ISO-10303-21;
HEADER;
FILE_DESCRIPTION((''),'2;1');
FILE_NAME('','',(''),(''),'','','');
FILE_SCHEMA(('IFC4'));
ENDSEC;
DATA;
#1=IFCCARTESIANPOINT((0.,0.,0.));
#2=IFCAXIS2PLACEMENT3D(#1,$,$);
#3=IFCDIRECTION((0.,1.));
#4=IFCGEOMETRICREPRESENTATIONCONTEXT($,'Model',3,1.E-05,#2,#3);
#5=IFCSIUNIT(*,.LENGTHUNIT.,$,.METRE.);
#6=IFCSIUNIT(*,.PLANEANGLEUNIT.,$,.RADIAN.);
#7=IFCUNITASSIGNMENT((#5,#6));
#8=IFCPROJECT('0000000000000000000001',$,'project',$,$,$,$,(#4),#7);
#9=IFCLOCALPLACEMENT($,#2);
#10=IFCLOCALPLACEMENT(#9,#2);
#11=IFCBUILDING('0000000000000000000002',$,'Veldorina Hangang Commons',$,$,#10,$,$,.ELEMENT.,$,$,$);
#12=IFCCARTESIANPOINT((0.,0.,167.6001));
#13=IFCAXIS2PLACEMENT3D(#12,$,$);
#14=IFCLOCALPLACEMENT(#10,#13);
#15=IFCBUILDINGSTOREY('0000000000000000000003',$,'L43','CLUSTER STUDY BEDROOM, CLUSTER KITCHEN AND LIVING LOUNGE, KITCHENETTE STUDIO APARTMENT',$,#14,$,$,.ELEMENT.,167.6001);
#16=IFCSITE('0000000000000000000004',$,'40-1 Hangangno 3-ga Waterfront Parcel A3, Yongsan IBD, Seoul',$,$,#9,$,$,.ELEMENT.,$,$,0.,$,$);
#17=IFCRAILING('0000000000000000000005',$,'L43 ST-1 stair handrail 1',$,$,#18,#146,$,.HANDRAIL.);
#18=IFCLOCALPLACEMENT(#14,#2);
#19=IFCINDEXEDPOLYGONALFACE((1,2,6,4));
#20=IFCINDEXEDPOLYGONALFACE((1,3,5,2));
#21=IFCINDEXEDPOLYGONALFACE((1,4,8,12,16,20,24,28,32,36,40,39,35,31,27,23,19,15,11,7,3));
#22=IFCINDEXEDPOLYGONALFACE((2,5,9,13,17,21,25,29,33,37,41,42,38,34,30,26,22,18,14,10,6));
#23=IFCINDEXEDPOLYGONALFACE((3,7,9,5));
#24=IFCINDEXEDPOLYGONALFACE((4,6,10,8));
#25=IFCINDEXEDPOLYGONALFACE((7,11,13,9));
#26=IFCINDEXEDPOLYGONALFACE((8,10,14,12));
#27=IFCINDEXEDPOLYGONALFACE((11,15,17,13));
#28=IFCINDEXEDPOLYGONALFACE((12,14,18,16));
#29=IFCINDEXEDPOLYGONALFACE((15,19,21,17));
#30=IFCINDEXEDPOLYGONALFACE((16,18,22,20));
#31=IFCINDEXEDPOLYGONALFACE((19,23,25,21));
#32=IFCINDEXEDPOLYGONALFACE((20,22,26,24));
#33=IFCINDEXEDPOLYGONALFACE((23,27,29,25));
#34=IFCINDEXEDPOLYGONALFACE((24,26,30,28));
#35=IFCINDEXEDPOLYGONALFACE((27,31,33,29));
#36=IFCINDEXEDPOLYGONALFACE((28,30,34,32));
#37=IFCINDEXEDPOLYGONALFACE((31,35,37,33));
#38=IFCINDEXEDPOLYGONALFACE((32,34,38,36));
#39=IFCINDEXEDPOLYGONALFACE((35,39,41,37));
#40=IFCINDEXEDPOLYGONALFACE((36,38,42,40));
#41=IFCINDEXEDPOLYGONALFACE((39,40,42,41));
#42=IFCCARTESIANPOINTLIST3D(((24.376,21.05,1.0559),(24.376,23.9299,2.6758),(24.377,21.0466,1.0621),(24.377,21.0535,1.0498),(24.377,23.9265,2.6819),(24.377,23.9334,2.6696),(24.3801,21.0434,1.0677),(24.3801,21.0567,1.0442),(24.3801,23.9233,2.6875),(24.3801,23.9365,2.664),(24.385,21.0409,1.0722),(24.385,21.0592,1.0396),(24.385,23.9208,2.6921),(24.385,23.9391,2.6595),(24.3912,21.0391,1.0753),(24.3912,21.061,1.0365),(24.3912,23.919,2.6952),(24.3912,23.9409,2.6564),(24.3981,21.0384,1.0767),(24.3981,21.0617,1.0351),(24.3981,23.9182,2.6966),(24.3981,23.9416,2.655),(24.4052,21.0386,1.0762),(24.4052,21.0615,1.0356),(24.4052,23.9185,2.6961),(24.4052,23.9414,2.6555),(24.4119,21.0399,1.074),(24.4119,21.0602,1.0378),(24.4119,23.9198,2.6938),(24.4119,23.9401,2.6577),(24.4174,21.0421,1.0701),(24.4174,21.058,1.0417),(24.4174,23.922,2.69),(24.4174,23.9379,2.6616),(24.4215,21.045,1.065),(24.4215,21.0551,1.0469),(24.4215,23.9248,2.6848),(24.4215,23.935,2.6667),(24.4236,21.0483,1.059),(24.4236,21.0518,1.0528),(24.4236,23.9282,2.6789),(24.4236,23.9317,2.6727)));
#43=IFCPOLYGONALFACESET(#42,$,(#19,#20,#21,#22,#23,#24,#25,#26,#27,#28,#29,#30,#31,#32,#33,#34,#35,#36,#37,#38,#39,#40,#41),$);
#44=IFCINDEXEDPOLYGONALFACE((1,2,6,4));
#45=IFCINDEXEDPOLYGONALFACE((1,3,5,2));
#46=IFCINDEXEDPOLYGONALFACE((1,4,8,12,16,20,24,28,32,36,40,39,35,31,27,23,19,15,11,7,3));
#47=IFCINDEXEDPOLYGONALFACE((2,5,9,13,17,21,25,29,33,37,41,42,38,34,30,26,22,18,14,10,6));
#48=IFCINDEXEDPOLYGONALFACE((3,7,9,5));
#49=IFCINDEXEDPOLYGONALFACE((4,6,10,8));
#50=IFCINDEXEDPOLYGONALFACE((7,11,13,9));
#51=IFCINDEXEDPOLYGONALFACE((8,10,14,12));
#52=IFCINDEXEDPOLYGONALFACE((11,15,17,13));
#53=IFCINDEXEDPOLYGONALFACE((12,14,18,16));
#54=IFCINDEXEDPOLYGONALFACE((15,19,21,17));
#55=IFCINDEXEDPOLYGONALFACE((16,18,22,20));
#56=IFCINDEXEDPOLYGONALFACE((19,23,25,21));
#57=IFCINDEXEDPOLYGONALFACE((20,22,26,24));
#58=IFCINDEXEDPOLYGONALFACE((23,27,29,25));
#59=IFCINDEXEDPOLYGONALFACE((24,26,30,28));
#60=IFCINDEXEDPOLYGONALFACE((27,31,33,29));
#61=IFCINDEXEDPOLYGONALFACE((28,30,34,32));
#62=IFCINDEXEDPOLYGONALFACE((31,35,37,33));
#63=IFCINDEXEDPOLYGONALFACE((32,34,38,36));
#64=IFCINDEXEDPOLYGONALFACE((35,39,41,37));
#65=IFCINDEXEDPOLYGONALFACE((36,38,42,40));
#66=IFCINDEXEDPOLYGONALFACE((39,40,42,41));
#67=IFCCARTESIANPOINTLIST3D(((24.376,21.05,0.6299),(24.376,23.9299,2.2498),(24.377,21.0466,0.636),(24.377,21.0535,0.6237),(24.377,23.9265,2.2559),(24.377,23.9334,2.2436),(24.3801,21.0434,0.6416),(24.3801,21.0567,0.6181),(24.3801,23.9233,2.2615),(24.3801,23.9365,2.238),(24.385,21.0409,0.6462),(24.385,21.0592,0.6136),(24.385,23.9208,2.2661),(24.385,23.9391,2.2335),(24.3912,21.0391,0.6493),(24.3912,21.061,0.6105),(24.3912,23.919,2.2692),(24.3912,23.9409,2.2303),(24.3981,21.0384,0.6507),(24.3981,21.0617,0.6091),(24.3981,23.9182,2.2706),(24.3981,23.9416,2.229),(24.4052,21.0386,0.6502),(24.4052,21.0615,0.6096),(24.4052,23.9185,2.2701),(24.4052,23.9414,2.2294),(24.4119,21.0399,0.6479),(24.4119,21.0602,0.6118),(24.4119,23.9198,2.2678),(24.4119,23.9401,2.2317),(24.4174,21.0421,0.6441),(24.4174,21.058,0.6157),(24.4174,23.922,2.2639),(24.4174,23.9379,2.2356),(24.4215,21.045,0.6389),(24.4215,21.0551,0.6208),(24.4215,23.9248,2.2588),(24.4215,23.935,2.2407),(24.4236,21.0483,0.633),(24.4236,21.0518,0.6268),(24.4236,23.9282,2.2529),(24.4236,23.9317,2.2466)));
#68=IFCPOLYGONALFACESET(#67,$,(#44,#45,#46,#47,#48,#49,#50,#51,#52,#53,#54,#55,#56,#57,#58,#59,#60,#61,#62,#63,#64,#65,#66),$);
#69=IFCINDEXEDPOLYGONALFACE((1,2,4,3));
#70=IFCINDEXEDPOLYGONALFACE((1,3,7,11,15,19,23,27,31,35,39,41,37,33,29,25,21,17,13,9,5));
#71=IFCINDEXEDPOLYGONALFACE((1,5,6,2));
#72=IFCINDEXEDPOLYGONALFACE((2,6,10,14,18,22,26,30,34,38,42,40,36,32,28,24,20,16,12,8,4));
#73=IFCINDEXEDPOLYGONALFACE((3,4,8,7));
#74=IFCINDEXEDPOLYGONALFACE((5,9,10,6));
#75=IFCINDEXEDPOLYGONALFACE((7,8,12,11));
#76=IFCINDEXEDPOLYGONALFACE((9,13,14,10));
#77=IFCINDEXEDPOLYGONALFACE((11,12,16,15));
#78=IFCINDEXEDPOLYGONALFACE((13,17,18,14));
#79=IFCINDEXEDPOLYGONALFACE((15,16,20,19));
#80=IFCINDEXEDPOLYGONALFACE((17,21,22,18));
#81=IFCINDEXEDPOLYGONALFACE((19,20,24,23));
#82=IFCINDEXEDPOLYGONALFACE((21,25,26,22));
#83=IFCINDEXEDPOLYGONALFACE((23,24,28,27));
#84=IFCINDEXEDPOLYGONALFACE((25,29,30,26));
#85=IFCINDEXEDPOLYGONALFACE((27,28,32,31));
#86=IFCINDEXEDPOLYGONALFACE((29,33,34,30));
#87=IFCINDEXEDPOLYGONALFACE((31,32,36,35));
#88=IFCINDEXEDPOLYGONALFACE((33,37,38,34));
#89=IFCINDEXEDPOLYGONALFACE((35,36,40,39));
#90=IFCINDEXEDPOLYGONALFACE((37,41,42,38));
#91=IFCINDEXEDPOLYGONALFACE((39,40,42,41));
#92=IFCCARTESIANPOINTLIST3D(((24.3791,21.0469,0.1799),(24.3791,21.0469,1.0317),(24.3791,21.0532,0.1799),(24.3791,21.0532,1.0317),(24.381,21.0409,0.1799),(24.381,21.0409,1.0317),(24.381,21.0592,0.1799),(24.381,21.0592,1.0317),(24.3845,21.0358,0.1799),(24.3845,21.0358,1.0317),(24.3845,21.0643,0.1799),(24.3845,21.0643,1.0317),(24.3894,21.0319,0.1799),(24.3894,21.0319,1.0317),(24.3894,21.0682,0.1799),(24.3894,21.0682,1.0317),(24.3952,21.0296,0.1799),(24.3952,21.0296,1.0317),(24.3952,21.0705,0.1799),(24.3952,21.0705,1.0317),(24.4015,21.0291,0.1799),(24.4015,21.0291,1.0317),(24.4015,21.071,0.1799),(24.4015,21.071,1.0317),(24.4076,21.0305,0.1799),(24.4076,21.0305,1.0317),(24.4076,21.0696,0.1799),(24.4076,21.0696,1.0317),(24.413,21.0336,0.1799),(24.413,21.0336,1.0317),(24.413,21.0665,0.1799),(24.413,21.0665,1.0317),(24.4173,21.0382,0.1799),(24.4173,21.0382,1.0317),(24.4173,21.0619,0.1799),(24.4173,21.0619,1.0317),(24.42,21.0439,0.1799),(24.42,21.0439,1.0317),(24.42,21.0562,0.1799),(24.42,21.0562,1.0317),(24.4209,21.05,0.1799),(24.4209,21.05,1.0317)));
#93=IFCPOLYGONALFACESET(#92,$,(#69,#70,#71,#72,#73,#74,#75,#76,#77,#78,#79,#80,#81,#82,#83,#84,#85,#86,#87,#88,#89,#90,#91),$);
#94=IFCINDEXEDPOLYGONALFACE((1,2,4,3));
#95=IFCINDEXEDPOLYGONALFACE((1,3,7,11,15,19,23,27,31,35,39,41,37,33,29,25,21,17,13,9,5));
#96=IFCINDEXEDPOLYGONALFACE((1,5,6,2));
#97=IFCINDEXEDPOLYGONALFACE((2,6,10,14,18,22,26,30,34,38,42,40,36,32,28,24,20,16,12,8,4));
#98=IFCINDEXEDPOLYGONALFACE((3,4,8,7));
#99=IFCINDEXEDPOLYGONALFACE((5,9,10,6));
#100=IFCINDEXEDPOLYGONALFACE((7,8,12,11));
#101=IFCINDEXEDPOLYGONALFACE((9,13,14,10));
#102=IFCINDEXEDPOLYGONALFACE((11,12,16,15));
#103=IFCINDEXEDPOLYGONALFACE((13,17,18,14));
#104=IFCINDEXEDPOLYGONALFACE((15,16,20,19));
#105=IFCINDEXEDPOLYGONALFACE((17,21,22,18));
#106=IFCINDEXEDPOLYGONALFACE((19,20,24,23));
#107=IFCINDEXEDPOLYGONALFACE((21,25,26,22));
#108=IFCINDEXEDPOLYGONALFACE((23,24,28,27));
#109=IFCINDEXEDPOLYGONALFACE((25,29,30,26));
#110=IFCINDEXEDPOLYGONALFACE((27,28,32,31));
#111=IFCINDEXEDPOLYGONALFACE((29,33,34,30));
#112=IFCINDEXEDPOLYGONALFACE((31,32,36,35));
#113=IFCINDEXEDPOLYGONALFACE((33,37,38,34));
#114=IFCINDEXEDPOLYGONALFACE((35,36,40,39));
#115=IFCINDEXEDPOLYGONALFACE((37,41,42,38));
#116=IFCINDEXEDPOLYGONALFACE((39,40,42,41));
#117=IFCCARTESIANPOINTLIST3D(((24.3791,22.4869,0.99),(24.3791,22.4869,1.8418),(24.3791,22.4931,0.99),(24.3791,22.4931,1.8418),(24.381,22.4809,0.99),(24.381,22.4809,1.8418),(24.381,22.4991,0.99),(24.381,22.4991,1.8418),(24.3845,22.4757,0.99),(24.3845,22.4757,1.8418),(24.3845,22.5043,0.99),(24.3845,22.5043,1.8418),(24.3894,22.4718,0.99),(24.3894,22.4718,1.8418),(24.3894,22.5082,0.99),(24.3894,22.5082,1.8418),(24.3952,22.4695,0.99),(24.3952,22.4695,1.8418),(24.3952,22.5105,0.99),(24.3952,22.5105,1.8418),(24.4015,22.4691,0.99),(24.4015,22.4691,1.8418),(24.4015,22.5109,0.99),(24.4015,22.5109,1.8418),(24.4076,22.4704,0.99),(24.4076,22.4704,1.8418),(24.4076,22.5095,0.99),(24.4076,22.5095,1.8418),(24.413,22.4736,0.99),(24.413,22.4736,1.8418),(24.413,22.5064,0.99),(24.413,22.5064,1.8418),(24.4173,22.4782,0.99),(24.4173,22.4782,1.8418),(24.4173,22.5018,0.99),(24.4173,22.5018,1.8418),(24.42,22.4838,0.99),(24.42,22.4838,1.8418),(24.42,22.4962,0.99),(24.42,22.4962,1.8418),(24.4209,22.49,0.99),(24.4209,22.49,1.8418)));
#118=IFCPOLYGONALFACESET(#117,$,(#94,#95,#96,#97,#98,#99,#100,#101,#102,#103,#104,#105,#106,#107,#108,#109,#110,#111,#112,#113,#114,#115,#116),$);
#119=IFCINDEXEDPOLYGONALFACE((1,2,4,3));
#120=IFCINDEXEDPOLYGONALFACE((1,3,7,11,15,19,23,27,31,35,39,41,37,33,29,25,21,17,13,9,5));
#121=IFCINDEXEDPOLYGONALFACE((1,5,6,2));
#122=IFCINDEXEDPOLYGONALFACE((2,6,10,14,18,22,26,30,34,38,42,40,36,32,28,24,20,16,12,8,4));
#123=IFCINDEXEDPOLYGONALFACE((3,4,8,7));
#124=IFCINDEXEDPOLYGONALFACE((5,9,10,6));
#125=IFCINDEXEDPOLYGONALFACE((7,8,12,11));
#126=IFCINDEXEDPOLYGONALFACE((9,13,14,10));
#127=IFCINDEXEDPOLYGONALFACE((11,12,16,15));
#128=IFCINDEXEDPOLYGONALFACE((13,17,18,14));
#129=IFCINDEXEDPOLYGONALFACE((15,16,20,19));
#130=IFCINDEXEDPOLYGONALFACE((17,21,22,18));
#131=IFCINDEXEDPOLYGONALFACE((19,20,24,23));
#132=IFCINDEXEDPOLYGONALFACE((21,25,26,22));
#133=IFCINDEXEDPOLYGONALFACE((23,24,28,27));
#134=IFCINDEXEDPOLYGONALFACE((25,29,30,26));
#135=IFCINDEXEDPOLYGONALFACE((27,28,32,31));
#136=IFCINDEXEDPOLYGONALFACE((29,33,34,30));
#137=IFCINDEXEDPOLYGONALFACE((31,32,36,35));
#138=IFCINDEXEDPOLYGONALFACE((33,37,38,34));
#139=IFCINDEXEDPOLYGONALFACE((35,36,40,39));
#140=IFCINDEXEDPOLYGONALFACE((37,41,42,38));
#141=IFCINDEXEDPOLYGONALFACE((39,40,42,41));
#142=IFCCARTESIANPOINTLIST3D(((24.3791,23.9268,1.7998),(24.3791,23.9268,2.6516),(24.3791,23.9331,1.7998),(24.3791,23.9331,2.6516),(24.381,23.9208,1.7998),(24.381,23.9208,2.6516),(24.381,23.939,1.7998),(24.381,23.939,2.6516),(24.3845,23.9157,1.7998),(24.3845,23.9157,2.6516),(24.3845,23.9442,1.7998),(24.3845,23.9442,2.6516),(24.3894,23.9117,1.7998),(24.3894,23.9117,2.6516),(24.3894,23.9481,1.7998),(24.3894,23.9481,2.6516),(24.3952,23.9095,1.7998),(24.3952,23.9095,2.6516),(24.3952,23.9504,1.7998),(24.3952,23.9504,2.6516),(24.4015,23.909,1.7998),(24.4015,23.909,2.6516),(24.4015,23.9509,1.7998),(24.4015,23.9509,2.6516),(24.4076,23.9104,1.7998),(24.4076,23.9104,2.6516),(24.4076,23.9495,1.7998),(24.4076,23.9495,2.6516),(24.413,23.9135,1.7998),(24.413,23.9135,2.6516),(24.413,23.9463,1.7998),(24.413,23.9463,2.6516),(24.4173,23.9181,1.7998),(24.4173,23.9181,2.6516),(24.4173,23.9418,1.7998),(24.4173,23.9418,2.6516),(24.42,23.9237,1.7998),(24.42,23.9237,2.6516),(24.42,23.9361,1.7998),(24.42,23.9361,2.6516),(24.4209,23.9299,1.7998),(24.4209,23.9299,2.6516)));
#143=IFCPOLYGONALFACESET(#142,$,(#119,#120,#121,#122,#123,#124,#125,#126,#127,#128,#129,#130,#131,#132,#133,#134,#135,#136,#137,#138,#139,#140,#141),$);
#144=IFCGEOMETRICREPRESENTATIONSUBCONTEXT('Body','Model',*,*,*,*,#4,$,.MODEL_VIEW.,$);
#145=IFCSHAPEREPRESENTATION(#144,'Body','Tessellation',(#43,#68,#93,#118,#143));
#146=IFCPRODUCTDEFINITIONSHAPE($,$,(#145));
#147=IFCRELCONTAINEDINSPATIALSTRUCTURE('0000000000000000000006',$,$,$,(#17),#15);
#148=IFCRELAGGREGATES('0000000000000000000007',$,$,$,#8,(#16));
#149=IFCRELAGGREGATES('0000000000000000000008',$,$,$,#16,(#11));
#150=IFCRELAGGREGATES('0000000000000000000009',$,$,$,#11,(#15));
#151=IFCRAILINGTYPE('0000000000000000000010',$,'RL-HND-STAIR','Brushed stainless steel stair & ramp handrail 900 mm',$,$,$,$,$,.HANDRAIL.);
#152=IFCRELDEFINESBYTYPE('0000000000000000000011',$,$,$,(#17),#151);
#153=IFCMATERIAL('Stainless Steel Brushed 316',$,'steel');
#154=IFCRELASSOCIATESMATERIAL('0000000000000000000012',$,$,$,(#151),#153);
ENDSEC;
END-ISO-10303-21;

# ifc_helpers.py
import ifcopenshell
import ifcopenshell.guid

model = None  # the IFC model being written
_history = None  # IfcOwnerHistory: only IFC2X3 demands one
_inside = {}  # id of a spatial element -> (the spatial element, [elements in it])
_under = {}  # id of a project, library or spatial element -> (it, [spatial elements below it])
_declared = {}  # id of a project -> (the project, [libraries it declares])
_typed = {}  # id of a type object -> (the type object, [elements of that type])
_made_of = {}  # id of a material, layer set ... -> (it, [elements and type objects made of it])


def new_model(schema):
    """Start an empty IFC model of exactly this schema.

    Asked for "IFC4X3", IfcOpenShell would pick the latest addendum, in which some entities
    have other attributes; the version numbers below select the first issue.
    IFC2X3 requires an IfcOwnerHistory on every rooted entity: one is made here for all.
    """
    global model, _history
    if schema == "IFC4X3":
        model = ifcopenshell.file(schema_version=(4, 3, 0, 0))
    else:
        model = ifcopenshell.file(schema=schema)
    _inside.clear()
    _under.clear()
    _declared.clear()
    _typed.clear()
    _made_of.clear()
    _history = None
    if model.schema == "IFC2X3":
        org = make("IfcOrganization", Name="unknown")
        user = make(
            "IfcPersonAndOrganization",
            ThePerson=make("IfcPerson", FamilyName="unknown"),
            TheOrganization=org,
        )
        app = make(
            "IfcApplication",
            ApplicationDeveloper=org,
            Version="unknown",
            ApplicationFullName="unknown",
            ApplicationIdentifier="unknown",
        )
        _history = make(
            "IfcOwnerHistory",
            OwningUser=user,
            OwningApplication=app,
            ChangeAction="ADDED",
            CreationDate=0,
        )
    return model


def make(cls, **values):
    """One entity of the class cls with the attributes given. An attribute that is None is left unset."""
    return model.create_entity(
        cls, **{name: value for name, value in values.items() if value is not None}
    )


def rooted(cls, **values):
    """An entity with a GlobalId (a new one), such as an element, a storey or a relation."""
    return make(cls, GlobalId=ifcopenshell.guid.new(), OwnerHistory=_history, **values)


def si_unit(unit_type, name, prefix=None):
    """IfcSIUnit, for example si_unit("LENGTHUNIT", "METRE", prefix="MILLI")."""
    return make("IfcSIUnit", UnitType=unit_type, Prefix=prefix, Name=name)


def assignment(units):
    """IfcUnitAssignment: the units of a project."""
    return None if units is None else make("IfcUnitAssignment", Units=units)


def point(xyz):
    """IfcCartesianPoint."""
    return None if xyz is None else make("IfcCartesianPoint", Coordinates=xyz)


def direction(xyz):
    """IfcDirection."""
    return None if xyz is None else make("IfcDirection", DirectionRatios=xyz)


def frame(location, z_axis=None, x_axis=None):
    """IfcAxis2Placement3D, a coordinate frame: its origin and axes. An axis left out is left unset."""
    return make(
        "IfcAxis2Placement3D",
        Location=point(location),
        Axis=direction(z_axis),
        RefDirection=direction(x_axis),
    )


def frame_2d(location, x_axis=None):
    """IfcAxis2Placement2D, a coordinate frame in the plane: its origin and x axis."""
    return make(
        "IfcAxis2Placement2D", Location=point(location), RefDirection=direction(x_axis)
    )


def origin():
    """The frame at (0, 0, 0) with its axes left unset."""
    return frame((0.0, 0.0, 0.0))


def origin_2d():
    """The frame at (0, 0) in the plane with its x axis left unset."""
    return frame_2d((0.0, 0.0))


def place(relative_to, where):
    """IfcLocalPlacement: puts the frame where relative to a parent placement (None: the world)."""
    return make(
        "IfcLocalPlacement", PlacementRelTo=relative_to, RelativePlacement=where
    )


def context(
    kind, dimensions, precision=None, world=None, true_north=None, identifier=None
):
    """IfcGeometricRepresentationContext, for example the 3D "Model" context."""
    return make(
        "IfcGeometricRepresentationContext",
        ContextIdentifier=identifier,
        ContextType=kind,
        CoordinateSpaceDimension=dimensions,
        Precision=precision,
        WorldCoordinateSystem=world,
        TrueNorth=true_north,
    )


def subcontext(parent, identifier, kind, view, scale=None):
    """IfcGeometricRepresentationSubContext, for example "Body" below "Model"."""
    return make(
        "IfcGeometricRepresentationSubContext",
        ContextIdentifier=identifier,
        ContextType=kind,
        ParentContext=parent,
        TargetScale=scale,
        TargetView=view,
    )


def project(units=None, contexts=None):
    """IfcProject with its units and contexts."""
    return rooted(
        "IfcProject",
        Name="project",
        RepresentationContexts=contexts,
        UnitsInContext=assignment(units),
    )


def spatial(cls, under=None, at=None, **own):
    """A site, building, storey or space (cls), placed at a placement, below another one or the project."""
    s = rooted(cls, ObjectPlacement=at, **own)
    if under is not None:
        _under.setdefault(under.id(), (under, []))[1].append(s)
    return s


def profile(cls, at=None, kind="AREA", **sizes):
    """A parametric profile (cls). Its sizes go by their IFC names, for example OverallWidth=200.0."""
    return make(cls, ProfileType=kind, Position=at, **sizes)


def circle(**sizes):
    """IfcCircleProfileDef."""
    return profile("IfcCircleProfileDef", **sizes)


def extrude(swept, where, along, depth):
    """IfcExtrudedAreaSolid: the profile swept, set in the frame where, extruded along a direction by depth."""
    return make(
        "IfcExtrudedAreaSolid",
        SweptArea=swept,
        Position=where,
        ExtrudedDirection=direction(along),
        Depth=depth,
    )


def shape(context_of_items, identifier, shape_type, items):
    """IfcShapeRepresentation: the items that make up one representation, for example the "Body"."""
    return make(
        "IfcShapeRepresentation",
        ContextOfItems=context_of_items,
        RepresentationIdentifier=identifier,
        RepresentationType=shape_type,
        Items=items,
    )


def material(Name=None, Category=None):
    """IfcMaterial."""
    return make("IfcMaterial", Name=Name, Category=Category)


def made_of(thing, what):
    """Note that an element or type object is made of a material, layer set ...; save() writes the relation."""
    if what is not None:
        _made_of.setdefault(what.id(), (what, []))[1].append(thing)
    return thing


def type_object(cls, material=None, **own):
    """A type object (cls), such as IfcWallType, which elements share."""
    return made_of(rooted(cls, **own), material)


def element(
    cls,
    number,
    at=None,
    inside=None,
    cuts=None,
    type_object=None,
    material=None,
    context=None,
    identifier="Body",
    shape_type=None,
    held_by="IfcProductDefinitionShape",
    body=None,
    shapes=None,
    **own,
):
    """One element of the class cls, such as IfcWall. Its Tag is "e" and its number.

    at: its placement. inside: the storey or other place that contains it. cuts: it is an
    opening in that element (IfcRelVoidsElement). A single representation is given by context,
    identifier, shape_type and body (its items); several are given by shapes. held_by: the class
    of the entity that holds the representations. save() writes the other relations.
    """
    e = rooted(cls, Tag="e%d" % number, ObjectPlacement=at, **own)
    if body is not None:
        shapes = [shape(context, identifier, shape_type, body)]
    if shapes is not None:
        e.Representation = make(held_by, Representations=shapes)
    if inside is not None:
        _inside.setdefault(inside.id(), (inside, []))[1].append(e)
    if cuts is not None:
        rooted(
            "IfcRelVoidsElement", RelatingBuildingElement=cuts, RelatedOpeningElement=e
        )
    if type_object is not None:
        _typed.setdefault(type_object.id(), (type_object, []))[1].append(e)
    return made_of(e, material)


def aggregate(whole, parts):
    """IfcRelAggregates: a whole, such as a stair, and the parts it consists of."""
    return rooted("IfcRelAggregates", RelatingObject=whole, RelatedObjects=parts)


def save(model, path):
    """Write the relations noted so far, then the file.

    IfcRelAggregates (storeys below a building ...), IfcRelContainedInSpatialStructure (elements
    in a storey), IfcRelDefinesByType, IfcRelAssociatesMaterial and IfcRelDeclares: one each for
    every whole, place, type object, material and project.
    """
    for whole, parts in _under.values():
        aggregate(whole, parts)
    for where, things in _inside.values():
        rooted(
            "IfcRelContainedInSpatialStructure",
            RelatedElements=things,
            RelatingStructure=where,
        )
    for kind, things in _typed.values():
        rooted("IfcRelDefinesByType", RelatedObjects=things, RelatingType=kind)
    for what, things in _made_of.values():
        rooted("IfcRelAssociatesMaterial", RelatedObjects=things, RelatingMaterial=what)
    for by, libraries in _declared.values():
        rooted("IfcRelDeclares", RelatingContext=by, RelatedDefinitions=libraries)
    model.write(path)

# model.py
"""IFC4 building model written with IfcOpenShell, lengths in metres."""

from ifc_helpers import new_model, si_unit, direction, frame, origin, origin_2d, place, context, subcontext, project, spatial, circle, extrude, material, type_object, element, save


model = new_model("IFC4")

# Units and contexts
model_context = context("Model", 3, precision=1e-05, world=origin(), true_north=direction((0.0, 1.0)))
body_context = subcontext(model_context, "Body", "Model", "MODEL_VIEW")
ifc_project = project(units=[si_unit("LENGTHUNIT", "METRE"), si_unit("PLANEANGLEUNIT", "RADIAN")], contexts=[model_context])

# Site, building, storey
site_placement = place(None, origin())
site = spatial("IfcSite", under=ifc_project, at=site_placement, Name="40-1 Hangangno 3-ga Waterfront Parcel A3, Yongsan IBD, Seoul", CompositionType="ELEMENT", RefElevation=0.0)
building_placement = place(site_placement, origin())
building = spatial("IfcBuilding", under=site, at=building_placement, Name="Veldorina Hangang Commons", CompositionType="ELEMENT")
storey_placement = place(building_placement, frame((0.0, 0.0, 167.6001)))
storey = spatial("IfcBuildingStorey", under=building, at=storey_placement, Name="L43", Description="CLUSTER STUDY BEDROOM, CLUSTER KITCHEN AND LIVING LOUNGE, KITCHENETTE STUDIO APARTMENT", CompositionType="ELEMENT", Elevation=167.6001)

# Railing
ifc_material_1 = material(Name="Stainless Steel Brushed 316", Category="steel")
railing_type_1 = type_object("IfcRailingType", Name="RL-HND-STAIR", Description="Brushed stainless steel stair & ramp handrail 900 mm", PredefinedType="HANDRAIL", material=ifc_material_1)
railing_1_placement = place(storey_placement, frame((24.3999, 21.05, 0.1799)))
element("IfcRailing", 1, at=railing_1_placement, inside=storey, type_object=railing_type_1, Name="L43 ST-1 stair handrail 1", PredefinedType="HANDRAIL", context=body_context, shape_type="SweptSolid", body=[
    extrude(circle(Radius=0.0239, at=origin_2d()), frame((0.0, 0.0, 0.876), z_axis=(0.0, 0.871583, 0.490247), x_axis=(-1.0, 0.0, 0.0)), (0.0, 0.0, 1.0), 3.3042),
    extrude(circle(Radius=0.0239, at=origin_2d()), frame((0.0, 0.0, 0.45), z_axis=(0.0, 0.871583, 0.490247), x_axis=(-1.0, 0.0, 0.0)), (0.0, 0.0, 1.0), 3.3042),
    extrude(circle(Radius=0.021, at=origin_2d()), origin(), (0.0, 0.0, 1.0), 0.8518),
    extrude(circle(Radius=0.021, at=origin_2d()), frame((0.0, 1.4399, 0.8101)), (0.0, 0.0, 1.0), 0.8518),
    extrude(circle(Radius=0.021, at=origin_2d()), frame((0.0, 2.8799, 1.6199)), (0.0, 0.0, 1.0), 0.8518),
])

save(model, "model.ifc")
